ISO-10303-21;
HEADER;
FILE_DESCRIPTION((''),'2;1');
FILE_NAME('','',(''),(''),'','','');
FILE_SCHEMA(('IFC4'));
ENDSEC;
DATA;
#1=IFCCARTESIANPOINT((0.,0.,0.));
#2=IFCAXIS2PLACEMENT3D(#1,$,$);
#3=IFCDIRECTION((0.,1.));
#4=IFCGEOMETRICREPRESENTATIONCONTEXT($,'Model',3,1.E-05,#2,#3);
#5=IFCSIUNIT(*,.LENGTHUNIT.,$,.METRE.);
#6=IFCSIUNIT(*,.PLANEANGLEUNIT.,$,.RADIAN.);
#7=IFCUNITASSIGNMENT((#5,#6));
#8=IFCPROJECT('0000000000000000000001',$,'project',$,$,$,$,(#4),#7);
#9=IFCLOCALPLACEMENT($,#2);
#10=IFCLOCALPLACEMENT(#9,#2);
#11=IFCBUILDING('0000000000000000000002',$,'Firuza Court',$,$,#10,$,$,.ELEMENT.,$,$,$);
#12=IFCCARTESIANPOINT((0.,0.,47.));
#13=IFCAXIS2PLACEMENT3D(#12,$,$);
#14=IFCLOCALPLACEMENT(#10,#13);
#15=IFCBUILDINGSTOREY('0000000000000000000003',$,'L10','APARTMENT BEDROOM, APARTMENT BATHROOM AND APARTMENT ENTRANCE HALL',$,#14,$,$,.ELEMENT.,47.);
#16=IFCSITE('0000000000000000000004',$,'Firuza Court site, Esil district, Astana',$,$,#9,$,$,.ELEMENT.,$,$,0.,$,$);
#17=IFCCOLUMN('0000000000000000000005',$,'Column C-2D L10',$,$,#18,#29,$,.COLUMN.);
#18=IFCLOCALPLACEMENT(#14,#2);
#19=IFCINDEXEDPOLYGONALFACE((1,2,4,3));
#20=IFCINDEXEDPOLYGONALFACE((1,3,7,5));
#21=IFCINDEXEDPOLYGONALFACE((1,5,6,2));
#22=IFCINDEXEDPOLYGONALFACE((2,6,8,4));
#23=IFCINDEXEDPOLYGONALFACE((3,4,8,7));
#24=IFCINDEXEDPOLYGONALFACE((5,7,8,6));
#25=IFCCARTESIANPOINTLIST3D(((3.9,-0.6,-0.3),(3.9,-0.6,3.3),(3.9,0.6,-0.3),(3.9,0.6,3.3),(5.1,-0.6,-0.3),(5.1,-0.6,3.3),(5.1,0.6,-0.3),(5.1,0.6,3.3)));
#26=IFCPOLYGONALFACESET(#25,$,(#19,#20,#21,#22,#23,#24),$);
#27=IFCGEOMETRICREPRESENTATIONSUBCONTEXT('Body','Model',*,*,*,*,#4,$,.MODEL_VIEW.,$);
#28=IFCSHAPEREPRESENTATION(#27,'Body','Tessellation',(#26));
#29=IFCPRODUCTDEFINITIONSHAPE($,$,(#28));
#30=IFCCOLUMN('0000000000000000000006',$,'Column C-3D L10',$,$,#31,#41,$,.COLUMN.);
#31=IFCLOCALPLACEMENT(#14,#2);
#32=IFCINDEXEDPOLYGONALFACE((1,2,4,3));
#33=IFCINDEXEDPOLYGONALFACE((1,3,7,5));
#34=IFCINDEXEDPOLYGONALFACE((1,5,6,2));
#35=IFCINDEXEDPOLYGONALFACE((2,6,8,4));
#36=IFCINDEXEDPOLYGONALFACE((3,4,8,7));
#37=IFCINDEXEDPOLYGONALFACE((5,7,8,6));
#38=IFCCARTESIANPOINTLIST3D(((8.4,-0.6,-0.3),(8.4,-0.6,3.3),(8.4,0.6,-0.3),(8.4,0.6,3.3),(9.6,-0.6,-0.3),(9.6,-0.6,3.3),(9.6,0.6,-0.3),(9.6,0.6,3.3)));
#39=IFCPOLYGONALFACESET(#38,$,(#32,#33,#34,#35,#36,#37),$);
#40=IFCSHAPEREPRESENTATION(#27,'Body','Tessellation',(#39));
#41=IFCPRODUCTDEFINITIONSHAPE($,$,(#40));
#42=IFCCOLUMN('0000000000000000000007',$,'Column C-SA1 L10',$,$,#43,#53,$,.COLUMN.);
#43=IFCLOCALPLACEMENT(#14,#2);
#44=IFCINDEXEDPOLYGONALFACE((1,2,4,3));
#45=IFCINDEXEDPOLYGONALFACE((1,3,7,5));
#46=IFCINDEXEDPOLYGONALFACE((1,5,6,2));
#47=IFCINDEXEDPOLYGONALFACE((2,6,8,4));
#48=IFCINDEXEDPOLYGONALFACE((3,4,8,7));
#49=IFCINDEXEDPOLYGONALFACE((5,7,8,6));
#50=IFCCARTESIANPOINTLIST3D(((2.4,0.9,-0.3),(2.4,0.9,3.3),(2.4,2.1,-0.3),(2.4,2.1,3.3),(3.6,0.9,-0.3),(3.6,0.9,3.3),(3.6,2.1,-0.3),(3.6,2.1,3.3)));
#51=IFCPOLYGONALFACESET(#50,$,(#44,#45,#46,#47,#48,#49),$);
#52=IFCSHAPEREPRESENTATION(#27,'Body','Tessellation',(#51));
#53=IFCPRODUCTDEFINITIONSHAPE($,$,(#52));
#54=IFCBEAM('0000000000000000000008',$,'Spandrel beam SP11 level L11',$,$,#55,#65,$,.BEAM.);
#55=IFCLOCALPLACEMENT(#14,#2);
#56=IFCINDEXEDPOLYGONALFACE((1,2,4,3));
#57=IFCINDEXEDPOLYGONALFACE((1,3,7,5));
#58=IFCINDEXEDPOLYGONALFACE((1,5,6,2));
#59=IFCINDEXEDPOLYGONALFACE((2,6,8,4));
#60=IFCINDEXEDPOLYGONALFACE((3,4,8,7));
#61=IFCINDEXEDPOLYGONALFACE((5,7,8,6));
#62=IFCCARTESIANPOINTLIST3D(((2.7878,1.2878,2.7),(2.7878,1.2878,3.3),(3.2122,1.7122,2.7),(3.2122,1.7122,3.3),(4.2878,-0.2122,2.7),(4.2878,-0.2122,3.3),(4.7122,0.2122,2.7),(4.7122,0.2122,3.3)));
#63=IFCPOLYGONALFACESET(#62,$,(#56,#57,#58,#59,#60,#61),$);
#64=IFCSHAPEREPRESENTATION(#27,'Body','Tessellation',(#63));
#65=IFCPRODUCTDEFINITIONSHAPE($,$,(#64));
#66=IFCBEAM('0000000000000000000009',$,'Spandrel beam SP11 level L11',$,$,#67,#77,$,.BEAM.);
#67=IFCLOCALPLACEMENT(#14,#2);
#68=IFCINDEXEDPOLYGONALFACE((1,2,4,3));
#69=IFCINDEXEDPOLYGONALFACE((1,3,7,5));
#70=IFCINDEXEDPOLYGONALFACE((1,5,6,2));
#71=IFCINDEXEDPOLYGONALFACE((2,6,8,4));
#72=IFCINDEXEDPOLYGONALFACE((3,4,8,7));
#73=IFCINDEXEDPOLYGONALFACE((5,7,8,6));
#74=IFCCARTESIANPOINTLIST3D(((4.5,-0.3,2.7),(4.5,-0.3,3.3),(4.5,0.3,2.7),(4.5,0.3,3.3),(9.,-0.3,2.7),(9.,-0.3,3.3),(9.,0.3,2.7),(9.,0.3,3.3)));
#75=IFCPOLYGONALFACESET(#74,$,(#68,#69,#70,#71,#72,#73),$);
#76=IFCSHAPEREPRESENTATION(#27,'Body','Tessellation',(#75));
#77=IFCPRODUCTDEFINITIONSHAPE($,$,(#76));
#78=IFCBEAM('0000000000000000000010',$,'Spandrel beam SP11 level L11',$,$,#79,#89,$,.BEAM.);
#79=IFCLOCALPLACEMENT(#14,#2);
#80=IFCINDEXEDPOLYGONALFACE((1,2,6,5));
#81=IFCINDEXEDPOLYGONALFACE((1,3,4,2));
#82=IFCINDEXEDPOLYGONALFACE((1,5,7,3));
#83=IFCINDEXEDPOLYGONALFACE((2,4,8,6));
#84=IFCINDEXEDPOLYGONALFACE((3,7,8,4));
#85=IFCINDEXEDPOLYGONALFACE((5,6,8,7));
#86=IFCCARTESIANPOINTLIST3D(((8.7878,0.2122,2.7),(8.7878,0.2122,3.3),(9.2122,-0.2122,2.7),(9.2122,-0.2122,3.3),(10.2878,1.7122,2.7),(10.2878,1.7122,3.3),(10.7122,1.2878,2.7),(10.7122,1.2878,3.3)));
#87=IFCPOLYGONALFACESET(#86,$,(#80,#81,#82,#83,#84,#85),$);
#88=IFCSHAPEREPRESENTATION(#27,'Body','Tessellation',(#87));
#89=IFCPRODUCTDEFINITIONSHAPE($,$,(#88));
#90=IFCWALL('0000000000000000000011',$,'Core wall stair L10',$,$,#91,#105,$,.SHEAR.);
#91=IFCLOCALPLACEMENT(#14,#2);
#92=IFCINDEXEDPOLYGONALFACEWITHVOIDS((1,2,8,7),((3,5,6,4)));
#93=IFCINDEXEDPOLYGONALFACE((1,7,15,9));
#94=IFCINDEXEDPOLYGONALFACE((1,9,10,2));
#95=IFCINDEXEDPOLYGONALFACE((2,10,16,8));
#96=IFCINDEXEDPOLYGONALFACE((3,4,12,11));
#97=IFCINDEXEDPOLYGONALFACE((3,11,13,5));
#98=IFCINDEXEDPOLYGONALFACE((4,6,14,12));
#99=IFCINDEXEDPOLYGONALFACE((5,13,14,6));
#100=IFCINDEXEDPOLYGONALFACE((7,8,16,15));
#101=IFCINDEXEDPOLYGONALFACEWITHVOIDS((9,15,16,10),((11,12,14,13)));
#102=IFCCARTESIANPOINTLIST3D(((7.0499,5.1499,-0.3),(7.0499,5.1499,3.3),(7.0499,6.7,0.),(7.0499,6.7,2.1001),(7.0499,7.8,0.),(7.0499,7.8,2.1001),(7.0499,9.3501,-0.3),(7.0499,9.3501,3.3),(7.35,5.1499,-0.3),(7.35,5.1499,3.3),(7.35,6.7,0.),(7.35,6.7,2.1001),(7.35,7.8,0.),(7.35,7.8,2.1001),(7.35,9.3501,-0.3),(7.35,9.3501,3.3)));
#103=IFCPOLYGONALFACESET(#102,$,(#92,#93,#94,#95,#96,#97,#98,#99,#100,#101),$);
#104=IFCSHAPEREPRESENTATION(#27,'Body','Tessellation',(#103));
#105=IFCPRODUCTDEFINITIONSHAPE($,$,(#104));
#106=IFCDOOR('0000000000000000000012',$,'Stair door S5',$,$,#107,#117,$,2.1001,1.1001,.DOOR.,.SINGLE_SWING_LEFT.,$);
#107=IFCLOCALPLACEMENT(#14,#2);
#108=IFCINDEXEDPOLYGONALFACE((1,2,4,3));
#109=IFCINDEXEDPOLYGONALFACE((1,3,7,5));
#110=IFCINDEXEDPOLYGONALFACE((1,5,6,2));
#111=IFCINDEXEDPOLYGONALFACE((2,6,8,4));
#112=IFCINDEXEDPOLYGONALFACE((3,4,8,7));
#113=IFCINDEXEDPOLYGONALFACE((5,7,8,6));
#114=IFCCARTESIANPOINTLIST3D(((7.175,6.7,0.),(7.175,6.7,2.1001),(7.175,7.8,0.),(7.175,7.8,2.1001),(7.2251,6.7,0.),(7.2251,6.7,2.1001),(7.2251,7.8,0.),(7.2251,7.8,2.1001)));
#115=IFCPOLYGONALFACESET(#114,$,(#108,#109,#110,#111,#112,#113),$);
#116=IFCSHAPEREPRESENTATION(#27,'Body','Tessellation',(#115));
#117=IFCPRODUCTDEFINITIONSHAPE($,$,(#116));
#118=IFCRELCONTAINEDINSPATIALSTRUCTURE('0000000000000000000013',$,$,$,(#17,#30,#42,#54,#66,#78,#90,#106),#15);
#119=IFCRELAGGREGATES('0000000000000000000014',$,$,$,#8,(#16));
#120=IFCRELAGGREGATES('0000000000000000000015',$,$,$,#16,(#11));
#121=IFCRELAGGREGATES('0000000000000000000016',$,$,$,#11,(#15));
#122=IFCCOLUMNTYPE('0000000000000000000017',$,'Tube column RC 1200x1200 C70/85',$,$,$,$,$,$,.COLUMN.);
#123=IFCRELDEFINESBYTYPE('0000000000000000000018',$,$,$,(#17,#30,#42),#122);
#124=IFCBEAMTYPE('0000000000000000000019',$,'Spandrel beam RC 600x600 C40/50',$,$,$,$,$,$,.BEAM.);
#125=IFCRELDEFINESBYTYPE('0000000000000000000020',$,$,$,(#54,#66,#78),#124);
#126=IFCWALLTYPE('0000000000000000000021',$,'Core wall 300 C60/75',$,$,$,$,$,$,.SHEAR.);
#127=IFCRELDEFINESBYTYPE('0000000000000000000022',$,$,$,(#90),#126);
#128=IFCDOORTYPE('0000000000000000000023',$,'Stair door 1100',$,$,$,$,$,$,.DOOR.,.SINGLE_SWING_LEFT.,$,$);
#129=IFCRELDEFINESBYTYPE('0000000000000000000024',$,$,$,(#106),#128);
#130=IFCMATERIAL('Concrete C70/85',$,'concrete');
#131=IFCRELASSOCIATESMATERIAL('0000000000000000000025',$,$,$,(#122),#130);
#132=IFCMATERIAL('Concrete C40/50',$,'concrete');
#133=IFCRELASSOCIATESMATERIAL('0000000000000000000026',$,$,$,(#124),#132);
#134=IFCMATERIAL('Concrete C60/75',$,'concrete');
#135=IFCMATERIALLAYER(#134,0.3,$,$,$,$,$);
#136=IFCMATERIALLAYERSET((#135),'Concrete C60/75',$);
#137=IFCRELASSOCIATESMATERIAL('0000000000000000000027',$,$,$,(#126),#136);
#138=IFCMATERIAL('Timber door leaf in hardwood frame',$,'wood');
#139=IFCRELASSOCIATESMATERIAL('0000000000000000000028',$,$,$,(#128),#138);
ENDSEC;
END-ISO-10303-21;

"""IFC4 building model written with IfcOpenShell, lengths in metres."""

from ifc_helpers import new_model, si_unit, direction, frame, frame_2d, origin, origin_2d, place, context, subcontext, project, spatial, rectangle, extrude, material, layer, layer_set, material_profile, profile_set, type_object, element, fill, save


model = new_model("IFC4")

# Units and contexts
model_context = context("Model", 3, precision=1e-05, world=origin(), true_north=direction((0.0, 1.0)))
body_context = subcontext(model_context, "Body", "Model", "MODEL_VIEW")
ifc_project = project(units=[si_unit("LENGTHUNIT", "METRE"), si_unit("PLANEANGLEUNIT", "RADIAN")], contexts=[model_context])

# Site, building, storey
site_placement = place(None, origin())
site = spatial("IfcSite", under=ifc_project, at=site_placement, Name="Firuza Court site, Esil district, Astana", CompositionType="ELEMENT", RefElevation=0.0)
building_placement = place(site_placement, origin())
building = spatial("IfcBuilding", under=site, at=building_placement, Name="Firuza Court", CompositionType="ELEMENT")
storey_placement = place(building_placement, frame((0.0, 0.0, 47.0)))
storey = spatial("IfcBuildingStorey", under=building, at=storey_placement, Name="L10", Description="APARTMENT BEDROOM, APARTMENT BATHROOM AND APARTMENT ENTRANCE HALL", CompositionType="ELEMENT", Elevation=47.0)

# Columns
ifc_material_1 = material(Name="Concrete C70/85", Category="concrete")
ifc_material_profile_1 = material_profile(ifc_material_1, rectangle(XDim=1.2, YDim=1.2, at=origin_2d()), Name="RC 1200x1200")
ifc_profile_set_1 = profile_set([ifc_material_profile_1], Name="Concrete C70/85")
column_type = type_object("IfcColumnType", Name="Tube column RC 1200x1200 C70/85", PredefinedType="COLUMN", material=ifc_profile_set_1)
for number, where, z_axis, x_axis, name in (
    (1, (4.5, 0.0, -0.3), (0.0, 0.0, 1.0), (1.0, 0.0, 0.0), "Column C-2D L10"),
    (2, (9.0, 0.0, -0.3), (0.0, 0.0, 1.0), (1.0, 0.0, 0.0), "Column C-3D L10"),
    (3, (3.0, 1.5, -0.3), (0.0, 0.0, 1.0), (1.0, 0.0, 0.0), "Column C-SA1 L10"),
):
    element("IfcColumn", number, at=place(storey_placement, frame(where, z_axis=z_axis, x_axis=x_axis)), inside=storey, type_object=column_type, Name=name, PredefinedType="COLUMN", context=body_context, shape_type="SweptSolid", body=[
        extrude(rectangle(XDim=1.2, YDim=1.2, at=origin_2d()), origin(), (0.0, 0.0, 1.0), 3.6001),
    ])

# Beams
ifc_material_2 = material(Name="Concrete C40/50", Category="concrete")
ifc_material_profile_2 = material_profile(ifc_material_2, rectangle(XDim=0.6001, YDim=0.6001, at=origin_2d()), Name="RC 600x600")
ifc_profile_set_2 = profile_set([ifc_material_profile_2], Name="Concrete C40/50")
beam_type = type_object("IfcBeamType", Name="Spandrel beam RC 600x600 C40/50", PredefinedType="BEAM", material=ifc_profile_set_2)
beam_1_placement = place(storey_placement, frame((3.0, 1.5, 3.0), z_axis=(0.707107, -0.707107, 0.0), x_axis=(0.707107, 0.707107, 0.0)))
element("IfcBeam", 4, at=beam_1_placement, inside=storey, type_object=beam_type, Name="Spandrel beam SP11 level L11", PredefinedType="BEAM", context=body_context, shape_type="SweptSolid", body=[
    extrude(rectangle(XDim=0.6001, YDim=0.6001, at=origin_2d()), origin(), (0.0, 0.0, 1.0), 2.1213),
])
beam_2_placement = place(storey_placement, frame((4.5, 0.0, 3.0), z_axis=(1.0, 0.0, 0.0), x_axis=(0.0, 1.0, 0.0)))
element("IfcBeam", 5, at=beam_2_placement, inside=storey, type_object=beam_type, Name="Spandrel beam SP11 level L11", PredefinedType="BEAM", context=body_context, shape_type="SweptSolid", body=[
    extrude(rectangle(XDim=0.6001, YDim=0.6001, at=origin_2d()), origin(), (0.0, 0.0, 1.0), 4.5),
])
beam_3_placement = place(storey_placement, frame((9.0, 0.0, 3.0), z_axis=(0.707107, 0.707107, 0.0), x_axis=(-0.707107, 0.707107, 0.0)))
element("IfcBeam", 6, at=beam_3_placement, inside=storey, type_object=beam_type, Name="Spandrel beam SP11 level L11", PredefinedType="BEAM", context=body_context, shape_type="SweptSolid", body=[
    extrude(rectangle(XDim=0.6001, YDim=0.6001, at=origin_2d()), origin(), (0.0, 0.0, 1.0), 2.1213),
])

# Wall, opening, door
ifc_material_3 = material(Name="Concrete C60/75", Category="concrete")
ifc_layer_1 = layer(ifc_material_3, 0.3)
ifc_layer_set_1 = layer_set([ifc_layer_1], Name="Concrete C60/75")
wall_type_1 = type_object("IfcWallType", Name="Core wall 300 C60/75", PredefinedType="SHEAR", material=ifc_layer_set_1)
wall_1_placement = place(storey_placement, frame((7.2, 5.1499, -0.3), z_axis=(0.0, 0.0, 1.0), x_axis=(0.0, 1.0, 0.0)))
wall_1 = element("IfcWall", 7, at=wall_1_placement, inside=storey, type_object=wall_type_1, Name="Core wall stair L10", PredefinedType="SHEAR", context=body_context, shape_type="SweptSolid", body=[
    extrude(rectangle(XDim=4.2002, YDim=0.3, at=frame_2d((2.1001, 0.0))), origin(), (0.0, 0.0, 1.0), 3.6001),
])
opening_1_placement = place(wall_1_placement, frame((1.55, 0.0, 0.3)))
opening_1 = element("IfcOpeningElement", 8, at=opening_1_placement, cuts=wall_1, PredefinedType="OPENING", context=body_context, shape_type="SweptSolid", body=[
    extrude(rectangle(XDim=1.1001, YDim=2.1001, at=frame_2d((0.55, 1.05))), frame((0.0, 0.1621, 0.0), z_axis=(0.0, -1.0, 0.0), x_axis=(1.0, 0.0, 0.0)), (0.0, 0.0, 1.0), 0.324),
])
ifc_material_4 = material(Name="Timber door leaf in hardwood frame", Category="wood")
door_type_1 = type_object("IfcDoorType", Name="Stair door 1100", OperationType="SINGLE_SWING_LEFT", PredefinedType="DOOR", material=ifc_material_4)
door_1_placement = place(opening_1_placement, origin())
door_1 = element("IfcDoor", 9, at=door_1_placement, inside=storey, type_object=door_type_1, Name="Stair door S5", OperationType="SINGLE_SWING_LEFT", OverallHeight=2.1001, OverallWidth=1.1001, PredefinedType="DOOR", context=body_context, shape_type="SweptSolid", body=[
    extrude(rectangle(XDim=1.1001, YDim=2.1001, at=frame_2d((0.55, 1.05))), frame((0.0, 0.0249, 0.0), z_axis=(0.0, -1.0, 0.0), x_axis=(1.0, 0.0, 0.0)), (0.0, 0.0, 1.0), 0.05),
])
fill(opening_1, door_1)

save(model, "model.ifc")
